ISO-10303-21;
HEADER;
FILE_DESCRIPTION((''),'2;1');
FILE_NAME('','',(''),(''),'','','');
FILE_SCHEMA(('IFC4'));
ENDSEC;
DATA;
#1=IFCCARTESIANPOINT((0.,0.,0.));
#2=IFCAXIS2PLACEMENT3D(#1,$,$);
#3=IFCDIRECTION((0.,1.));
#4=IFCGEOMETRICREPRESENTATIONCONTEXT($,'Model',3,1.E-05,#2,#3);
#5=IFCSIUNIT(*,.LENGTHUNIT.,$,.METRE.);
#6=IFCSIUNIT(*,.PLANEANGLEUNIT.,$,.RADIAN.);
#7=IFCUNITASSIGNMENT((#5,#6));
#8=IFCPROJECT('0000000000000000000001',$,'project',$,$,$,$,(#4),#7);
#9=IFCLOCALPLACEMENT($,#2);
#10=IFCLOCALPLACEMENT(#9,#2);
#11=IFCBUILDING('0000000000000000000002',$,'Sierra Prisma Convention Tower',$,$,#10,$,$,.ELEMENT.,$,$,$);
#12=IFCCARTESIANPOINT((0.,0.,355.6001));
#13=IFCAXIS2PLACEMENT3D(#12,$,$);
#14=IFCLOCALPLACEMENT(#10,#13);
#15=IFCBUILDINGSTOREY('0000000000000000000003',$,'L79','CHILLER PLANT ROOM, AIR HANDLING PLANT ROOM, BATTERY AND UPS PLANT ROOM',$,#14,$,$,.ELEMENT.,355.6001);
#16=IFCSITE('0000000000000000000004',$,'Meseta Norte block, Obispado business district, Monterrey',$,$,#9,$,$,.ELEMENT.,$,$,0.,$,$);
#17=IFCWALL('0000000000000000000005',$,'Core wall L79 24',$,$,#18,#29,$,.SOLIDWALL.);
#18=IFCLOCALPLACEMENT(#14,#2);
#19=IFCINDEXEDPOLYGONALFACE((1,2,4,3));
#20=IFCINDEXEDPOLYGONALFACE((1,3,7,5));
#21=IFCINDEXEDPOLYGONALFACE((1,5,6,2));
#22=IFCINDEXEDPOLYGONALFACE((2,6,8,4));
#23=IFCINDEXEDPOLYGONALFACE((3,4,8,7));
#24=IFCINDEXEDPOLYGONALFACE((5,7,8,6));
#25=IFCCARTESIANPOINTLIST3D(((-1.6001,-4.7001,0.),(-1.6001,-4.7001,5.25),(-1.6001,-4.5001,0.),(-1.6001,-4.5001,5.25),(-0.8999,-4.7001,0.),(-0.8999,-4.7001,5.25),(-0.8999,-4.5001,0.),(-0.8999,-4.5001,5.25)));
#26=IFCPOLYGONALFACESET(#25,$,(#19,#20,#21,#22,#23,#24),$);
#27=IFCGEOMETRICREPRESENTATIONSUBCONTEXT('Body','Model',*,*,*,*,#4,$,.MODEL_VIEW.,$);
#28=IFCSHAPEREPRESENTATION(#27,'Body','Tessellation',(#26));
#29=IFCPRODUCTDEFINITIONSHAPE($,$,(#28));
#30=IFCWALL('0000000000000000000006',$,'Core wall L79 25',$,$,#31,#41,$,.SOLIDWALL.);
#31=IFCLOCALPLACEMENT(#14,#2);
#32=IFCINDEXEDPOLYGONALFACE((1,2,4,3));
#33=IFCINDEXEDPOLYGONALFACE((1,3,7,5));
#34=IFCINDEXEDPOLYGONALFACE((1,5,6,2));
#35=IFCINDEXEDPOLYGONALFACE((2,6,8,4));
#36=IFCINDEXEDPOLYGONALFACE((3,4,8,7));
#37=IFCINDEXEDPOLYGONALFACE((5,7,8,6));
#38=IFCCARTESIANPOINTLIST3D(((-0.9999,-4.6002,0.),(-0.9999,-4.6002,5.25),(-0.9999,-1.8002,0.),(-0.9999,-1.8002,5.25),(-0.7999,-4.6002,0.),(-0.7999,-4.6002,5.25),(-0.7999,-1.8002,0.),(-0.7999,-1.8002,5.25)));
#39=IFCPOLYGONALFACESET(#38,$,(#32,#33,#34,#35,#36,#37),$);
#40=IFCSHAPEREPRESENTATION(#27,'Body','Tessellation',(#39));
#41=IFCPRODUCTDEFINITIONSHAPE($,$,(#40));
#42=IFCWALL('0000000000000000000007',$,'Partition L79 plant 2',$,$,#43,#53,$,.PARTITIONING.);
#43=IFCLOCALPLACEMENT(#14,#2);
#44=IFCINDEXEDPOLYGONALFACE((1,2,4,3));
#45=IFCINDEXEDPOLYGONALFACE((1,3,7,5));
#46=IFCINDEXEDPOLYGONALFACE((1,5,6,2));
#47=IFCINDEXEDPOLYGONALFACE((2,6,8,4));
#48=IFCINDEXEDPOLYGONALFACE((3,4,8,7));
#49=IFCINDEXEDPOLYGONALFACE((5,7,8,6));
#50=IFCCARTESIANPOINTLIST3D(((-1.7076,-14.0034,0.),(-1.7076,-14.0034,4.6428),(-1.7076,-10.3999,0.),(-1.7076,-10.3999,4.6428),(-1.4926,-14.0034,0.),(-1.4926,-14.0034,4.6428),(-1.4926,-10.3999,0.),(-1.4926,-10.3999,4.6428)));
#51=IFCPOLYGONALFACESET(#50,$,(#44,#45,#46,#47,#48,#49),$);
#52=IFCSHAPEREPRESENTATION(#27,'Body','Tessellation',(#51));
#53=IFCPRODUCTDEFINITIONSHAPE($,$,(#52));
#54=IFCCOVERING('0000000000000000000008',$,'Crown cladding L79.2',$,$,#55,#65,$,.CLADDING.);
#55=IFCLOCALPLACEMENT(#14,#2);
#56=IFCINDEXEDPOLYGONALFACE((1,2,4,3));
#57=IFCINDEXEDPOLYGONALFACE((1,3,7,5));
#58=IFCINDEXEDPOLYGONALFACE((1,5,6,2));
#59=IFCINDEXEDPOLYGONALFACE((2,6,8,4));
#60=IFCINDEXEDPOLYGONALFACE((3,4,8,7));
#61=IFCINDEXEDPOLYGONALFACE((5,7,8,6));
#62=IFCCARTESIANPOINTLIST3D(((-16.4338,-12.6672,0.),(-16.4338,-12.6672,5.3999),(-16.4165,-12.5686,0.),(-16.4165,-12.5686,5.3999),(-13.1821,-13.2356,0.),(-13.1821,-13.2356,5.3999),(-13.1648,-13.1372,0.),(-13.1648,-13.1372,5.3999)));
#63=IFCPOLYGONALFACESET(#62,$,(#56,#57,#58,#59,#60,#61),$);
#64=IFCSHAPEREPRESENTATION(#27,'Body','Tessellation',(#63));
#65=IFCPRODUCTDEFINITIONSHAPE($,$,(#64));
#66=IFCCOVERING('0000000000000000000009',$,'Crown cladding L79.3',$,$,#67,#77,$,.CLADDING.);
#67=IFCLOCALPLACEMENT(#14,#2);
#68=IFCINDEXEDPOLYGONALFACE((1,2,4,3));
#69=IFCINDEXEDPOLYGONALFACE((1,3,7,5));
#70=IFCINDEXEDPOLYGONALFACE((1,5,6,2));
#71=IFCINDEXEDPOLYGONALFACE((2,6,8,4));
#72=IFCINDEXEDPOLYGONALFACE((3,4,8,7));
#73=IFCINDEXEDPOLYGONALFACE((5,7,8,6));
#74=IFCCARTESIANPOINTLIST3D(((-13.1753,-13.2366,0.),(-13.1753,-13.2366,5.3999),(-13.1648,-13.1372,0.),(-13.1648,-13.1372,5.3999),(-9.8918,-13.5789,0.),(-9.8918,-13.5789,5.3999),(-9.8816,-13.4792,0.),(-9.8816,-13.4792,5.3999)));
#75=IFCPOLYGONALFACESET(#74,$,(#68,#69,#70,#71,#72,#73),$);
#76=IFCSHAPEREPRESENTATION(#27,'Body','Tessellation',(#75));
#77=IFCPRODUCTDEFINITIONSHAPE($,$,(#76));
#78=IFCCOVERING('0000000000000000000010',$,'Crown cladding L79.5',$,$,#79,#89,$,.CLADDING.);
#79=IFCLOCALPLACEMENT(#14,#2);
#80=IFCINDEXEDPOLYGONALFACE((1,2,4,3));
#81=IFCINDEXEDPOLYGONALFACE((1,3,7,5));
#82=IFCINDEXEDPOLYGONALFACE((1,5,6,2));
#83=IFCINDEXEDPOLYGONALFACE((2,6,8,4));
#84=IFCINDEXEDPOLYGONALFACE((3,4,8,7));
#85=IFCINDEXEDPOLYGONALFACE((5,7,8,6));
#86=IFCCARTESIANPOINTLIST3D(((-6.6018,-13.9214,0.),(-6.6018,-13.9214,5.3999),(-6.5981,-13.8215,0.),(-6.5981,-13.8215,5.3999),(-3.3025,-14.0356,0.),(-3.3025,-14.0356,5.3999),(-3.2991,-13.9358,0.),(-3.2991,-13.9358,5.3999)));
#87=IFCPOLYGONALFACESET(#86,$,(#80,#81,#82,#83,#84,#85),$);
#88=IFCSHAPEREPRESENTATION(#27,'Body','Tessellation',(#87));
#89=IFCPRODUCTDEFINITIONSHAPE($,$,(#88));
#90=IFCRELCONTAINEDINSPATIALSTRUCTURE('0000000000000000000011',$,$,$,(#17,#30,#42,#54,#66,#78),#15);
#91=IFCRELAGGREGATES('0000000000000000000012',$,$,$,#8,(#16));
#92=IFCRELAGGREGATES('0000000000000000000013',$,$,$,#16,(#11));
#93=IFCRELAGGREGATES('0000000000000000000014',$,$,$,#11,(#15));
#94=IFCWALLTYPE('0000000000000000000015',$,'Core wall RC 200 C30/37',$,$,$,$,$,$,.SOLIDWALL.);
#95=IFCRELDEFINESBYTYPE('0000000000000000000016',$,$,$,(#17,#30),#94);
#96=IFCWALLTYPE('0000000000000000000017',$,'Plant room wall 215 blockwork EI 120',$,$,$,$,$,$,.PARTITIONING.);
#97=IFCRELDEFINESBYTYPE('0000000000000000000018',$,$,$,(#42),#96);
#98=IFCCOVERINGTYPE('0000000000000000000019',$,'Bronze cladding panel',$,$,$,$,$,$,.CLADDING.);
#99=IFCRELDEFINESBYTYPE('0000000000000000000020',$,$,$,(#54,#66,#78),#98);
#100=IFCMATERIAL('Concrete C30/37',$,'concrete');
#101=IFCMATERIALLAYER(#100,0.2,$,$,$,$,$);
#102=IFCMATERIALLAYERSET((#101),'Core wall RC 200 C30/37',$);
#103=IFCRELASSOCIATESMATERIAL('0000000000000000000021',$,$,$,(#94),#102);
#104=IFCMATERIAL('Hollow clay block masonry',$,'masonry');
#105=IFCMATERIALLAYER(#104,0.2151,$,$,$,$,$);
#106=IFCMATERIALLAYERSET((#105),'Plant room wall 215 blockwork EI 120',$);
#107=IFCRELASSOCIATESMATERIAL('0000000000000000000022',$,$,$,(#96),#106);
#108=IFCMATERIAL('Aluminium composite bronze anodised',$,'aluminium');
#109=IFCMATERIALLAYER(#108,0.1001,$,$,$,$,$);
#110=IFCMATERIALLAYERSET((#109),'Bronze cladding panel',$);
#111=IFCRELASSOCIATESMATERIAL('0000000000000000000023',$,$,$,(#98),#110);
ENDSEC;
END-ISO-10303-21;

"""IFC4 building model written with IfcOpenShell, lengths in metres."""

from ifc_helpers import new_model, si_unit, direction, frame, frame_2d, origin, place, context, subcontext, project, spatial, polyline, rectangle, outline, extrude, material, layer, layer_set, type_object, element, save


model = new_model("IFC4")

# Units and contexts
model_context = context("Model", 3, precision=1e-05, world=origin(), true_north=direction((0.0, 1.0)))
body_context = subcontext(model_context, "Body", "Model", "MODEL_VIEW")
ifc_project = project(units=[si_unit("LENGTHUNIT", "METRE"), si_unit("PLANEANGLEUNIT", "RADIAN")], contexts=[model_context])

# Site, building, storey
site_placement = place(None, origin())
site = spatial("IfcSite", under=ifc_project, at=site_placement, Name="Meseta Norte block, Obispado business district, Monterrey", CompositionType="ELEMENT", RefElevation=0.0)
building_placement = place(site_placement, origin())
building = spatial("IfcBuilding", under=site, at=building_placement, Name="Sierra Prisma Convention Tower", CompositionType="ELEMENT")
storey_placement = place(building_placement, frame((0.0, 0.0, 355.6001)))
storey = spatial("IfcBuildingStorey", under=building, at=storey_placement, Name="L79", Description="CHILLER PLANT ROOM, AIR HANDLING PLANT ROOM, BATTERY AND UPS PLANT ROOM", CompositionType="ELEMENT", Elevation=355.6001)

# Shared definitions
ifc_material_1 = material(Name="Concrete C30/37", Category="concrete")
ifc_layer_1 = layer(ifc_material_1, 0.2)
ifc_layer_set_1 = layer_set([ifc_layer_1], Name="Core wall RC 200 C30/37")
wall_type_1 = type_object("IfcWallType", Name="Core wall RC 200 C30/37", PredefinedType="SOLIDWALL", material=ifc_layer_set_1)

# Walls
wall_1_placement = place(storey_placement, frame((-1.6001, -4.6001, 0.0), z_axis=(0.0, 0.0, 1.0), x_axis=(1.0, 0.0, 0.0)))
element("IfcWall", 1, at=wall_1_placement, inside=storey, type_object=wall_type_1, Name="Core wall L79 24", PredefinedType="SOLIDWALL", context=body_context, shape_type="SweptSolid", body=[
    extrude(rectangle(XDim=0.7002, YDim=0.2, at=frame_2d((0.3501, 0.0))), origin(), (0.0, 0.0, 1.0), 5.25),
])
wall_2_placement = place(storey_placement, frame((-0.8999, -4.6001, 0.0), z_axis=(0.0, 0.0, 1.0), x_axis=(0.0, 1.0, 0.0)))
element("IfcWall", 2, at=wall_2_placement, inside=storey, type_object=wall_type_1, Name="Core wall L79 25", PredefinedType="SOLIDWALL", context=body_context, shape_type="SweptSolid", body=[
    extrude(rectangle(XDim=2.8, YDim=0.2, at=frame_2d((1.3999, 0.0))), origin(), (0.0, 0.0, 1.0), 5.25),
])

# Wall
ifc_material_2 = material(Name="Hollow clay block masonry", Category="masonry")
ifc_layer_2 = layer(ifc_material_2, 0.2151)
ifc_layer_set_2 = layer_set([ifc_layer_2], Name="Plant room wall 215 blockwork EI 120")
wall_type_2 = type_object("IfcWallType", Name="Plant room wall 215 blockwork EI 120", PredefinedType="PARTITIONING", material=ifc_layer_set_2)
wall_3_placement = place(storey_placement, frame((-1.6001, -10.3999, 0.0), z_axis=(0.0, 0.0, 1.0), x_axis=(0.0, -1.0, 0.0)))
element("IfcWall", 3, at=wall_3_placement, inside=storey, type_object=wall_type_2, Name="Partition L79 plant 2", PredefinedType="PARTITIONING", context=body_context, shape_type="SweptSolid", body=[
    extrude(rectangle(XDim=3.6035, YDim=0.2151, at=frame_2d((1.8018, 0.0))), origin(), (0.0, 0.0, 1.0), 4.6428),
])

# Coverings
ifc_material_3 = material(Name="Aluminium composite bronze anodised", Category="aluminium")
ifc_layer_3 = layer(ifc_material_3, 0.1001)
ifc_layer_set_3 = layer_set([ifc_layer_3], Name="Bronze cladding panel")
covering_type = type_object("IfcCoveringType", Name="Bronze cladding panel", PredefinedType="CLADDING", material=ifc_layer_set_3)
covering_1_placement = place(storey_placement, origin())
element("IfcCovering", 4, at=covering_1_placement, inside=storey, type_object=covering_type, Name="Crown cladding L79.2", PredefinedType="CLADDING", context=body_context, shape_type="SweptSolid", body=[
    extrude(outline(polyline([(-16.4165, -12.5686), (-13.1648, -13.1372), (-13.1821, -13.2356), (-16.4338, -12.6672), (-16.4165, -12.5686)])), origin(), (0.0, 0.0, 1.0), 5.3999),
])
covering_2_placement = place(storey_placement, origin())
element("IfcCovering", 5, at=covering_2_placement, inside=storey, type_object=covering_type, Name="Crown cladding L79.3", PredefinedType="CLADDING", context=body_context, shape_type="SweptSolid", body=[
    extrude(outline(polyline([(-13.1648, -13.1372), (-9.8816, -13.4792), (-9.8918, -13.5789), (-13.1753, -13.2366), (-13.1648, -13.1372)])), origin(), (0.0, 0.0, 1.0), 5.3999),
])
covering_3_placement = place(storey_placement, origin())
element("IfcCovering", 6, at=covering_3_placement, inside=storey, type_object=covering_type, Name="Crown cladding L79.5", PredefinedType="CLADDING", context=body_context, shape_type="SweptSolid", body=[
    extrude(outline(polyline([(-6.5981, -13.8215), (-3.2991, -13.9358), (-3.3025, -14.0356), (-6.6018, -13.9214), (-6.5981, -13.8215)])), origin(), (0.0, 0.0, 1.0), 5.3999),
])

save(model, "model.ifc")
